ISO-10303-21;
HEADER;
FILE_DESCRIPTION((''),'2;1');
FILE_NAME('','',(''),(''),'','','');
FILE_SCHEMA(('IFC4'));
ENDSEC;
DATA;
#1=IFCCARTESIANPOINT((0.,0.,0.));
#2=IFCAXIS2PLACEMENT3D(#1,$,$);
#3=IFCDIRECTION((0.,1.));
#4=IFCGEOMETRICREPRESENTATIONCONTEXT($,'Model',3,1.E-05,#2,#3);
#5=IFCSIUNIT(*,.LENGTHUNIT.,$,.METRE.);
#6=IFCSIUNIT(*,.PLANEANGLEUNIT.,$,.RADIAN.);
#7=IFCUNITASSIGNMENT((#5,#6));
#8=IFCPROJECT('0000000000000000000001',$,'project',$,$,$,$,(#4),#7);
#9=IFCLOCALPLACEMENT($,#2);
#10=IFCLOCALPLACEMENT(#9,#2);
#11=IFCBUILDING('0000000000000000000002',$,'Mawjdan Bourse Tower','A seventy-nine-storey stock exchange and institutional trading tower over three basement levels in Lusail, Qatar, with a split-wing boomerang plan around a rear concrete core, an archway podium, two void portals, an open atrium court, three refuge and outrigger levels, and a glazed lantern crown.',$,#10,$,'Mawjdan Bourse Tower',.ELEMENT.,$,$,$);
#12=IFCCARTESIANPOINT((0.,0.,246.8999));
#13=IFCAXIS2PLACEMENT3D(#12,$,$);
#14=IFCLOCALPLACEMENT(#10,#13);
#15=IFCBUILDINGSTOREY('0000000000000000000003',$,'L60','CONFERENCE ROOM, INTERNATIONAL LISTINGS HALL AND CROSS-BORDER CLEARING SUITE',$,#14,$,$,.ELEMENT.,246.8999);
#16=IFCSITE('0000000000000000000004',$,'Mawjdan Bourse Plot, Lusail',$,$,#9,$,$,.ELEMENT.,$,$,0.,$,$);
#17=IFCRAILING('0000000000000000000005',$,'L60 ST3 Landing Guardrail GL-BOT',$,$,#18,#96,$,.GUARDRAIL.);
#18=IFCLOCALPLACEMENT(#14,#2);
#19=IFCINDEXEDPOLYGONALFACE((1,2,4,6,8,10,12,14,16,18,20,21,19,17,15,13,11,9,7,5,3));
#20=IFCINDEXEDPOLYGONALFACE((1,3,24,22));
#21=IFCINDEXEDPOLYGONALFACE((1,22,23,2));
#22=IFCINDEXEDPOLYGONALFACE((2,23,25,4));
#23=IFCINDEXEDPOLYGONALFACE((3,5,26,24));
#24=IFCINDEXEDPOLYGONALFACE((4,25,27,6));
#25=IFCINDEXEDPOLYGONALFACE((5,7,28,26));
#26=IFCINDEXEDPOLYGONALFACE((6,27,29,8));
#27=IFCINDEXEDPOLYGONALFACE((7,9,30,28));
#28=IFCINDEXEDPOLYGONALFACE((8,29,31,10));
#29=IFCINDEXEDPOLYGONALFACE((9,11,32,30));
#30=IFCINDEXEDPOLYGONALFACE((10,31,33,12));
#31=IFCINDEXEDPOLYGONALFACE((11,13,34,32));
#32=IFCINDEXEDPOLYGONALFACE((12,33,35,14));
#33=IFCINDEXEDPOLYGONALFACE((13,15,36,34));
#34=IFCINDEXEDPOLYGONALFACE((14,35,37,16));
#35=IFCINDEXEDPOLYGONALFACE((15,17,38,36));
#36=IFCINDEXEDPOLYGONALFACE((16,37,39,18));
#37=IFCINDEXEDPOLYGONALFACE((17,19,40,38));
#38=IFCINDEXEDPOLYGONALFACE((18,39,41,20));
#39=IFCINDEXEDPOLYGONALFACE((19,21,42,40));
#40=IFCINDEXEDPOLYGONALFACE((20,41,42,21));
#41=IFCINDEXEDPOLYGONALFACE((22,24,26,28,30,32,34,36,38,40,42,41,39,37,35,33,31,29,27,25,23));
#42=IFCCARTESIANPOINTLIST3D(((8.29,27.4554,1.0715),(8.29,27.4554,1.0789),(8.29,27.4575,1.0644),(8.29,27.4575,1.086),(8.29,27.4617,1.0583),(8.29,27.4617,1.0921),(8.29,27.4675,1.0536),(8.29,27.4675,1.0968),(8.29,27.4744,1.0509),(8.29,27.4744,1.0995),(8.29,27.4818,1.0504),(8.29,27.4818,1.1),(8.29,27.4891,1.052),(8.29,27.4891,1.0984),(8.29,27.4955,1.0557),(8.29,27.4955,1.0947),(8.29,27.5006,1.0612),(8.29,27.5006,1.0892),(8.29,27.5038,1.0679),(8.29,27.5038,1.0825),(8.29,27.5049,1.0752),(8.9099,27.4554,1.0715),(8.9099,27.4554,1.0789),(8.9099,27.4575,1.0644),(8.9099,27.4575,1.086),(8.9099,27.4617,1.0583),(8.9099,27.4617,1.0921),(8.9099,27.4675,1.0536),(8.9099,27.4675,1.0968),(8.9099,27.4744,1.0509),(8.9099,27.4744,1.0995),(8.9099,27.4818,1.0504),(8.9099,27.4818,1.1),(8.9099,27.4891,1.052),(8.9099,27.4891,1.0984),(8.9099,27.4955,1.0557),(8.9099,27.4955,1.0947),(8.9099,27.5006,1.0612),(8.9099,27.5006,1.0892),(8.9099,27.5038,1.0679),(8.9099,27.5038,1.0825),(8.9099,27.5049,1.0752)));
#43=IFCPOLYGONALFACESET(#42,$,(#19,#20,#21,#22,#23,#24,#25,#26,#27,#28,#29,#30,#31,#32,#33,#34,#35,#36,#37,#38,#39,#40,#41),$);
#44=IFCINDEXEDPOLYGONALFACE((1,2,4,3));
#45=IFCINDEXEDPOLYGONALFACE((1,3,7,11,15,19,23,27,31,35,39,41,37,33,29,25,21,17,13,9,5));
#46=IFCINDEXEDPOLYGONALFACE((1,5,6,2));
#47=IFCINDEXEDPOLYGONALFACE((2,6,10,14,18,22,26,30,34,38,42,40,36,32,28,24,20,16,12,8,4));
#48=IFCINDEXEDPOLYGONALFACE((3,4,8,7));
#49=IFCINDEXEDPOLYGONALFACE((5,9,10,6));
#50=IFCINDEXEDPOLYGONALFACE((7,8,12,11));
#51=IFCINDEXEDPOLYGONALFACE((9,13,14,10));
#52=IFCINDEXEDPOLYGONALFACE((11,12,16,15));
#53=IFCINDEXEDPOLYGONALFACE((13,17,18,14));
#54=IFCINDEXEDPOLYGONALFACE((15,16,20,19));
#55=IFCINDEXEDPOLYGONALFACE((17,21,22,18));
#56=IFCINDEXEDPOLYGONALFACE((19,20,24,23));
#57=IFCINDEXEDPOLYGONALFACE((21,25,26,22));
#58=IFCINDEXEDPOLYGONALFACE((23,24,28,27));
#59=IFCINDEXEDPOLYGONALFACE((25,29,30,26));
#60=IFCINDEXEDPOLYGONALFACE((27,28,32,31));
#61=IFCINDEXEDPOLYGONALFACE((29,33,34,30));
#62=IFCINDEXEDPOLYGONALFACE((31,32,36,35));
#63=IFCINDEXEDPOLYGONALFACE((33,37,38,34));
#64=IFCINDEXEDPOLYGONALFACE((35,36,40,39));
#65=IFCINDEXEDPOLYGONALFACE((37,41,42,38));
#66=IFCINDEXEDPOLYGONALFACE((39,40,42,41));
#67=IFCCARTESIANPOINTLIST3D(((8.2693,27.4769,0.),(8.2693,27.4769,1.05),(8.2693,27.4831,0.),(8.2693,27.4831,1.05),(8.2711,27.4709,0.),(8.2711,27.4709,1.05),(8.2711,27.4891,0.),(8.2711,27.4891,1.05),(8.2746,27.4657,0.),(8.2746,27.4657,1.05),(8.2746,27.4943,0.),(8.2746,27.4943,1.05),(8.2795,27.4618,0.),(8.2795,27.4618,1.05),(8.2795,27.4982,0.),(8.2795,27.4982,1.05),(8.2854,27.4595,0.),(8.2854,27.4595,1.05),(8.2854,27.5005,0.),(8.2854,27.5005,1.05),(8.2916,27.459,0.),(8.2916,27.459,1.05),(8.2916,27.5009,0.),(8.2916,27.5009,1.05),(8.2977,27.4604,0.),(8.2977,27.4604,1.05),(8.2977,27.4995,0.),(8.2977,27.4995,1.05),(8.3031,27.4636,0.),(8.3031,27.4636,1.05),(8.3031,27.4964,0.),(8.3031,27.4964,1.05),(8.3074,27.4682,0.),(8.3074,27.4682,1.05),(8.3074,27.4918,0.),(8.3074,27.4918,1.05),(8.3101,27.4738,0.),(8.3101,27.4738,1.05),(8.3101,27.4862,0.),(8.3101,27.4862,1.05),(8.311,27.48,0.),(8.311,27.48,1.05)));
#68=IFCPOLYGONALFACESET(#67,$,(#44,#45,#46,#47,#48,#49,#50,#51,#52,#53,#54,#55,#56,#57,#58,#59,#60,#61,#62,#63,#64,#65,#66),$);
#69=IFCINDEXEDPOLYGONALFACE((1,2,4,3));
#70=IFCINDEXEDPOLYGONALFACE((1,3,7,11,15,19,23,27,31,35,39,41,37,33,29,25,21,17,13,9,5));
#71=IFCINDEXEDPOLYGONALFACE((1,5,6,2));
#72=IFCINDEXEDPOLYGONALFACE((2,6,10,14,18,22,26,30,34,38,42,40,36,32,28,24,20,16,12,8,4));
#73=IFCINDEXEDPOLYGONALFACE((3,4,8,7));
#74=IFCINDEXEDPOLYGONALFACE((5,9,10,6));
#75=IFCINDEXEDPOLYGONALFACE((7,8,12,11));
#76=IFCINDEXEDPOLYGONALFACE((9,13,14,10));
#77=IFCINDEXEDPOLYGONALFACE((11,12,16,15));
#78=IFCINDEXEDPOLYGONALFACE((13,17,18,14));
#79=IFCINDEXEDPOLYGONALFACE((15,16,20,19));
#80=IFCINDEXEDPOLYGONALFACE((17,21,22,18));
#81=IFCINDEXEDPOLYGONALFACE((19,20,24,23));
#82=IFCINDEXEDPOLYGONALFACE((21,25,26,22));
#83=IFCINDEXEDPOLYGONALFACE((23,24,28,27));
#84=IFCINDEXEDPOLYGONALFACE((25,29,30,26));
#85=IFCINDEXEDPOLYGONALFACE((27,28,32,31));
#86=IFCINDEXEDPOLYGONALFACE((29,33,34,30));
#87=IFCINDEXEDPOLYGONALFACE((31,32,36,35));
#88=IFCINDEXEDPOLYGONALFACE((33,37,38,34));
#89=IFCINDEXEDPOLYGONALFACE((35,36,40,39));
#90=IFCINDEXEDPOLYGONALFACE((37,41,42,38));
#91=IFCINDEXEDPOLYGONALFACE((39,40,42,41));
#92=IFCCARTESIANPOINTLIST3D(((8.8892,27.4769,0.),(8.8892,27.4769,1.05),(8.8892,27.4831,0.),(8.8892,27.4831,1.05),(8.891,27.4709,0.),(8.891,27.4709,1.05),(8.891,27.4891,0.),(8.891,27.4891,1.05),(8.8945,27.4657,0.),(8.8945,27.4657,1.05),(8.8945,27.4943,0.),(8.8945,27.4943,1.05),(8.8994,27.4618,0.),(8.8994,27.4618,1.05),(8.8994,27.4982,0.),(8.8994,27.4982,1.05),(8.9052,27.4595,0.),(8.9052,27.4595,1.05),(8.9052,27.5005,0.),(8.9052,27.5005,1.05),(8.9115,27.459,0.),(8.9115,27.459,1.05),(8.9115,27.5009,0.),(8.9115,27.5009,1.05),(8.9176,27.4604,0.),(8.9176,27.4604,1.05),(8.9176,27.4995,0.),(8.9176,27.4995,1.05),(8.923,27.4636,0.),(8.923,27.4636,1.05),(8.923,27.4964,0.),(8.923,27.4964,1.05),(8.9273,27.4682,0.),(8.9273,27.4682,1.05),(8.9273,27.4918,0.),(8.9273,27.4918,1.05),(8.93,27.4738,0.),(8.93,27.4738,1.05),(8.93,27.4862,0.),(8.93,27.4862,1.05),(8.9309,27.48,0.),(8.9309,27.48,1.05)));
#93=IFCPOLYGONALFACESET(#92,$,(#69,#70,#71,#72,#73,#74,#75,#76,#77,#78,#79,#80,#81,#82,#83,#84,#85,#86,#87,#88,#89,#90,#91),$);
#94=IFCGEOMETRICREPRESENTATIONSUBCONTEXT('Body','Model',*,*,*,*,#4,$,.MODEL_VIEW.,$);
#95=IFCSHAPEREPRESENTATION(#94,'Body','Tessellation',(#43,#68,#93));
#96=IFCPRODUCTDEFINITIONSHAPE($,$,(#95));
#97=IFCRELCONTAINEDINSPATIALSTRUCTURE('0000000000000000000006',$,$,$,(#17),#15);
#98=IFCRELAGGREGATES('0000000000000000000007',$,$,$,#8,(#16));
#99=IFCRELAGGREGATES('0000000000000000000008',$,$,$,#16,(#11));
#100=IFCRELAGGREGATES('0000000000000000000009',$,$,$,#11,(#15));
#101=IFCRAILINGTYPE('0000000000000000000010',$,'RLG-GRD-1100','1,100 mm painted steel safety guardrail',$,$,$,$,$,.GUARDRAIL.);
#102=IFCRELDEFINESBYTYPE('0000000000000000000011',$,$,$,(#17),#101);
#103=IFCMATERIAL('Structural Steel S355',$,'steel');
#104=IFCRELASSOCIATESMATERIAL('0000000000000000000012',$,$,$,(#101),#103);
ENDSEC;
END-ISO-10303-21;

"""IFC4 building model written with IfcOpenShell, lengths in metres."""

from ifc_helpers import new_model, si_unit, direction, frame, origin, origin_2d, place, context, subcontext, project, spatial, circle, extrude, material, type_object, element, save


model = new_model("IFC4")

# Units and contexts
model_context = context("Model", 3, precision=1e-05, world=origin(), true_north=direction((0.0, 1.0)))
body_context = subcontext(model_context, "Body", "Model", "MODEL_VIEW")
ifc_project = project(units=[si_unit("LENGTHUNIT", "METRE"), si_unit("PLANEANGLEUNIT", "RADIAN")], contexts=[model_context])

# Site, building, storey
site_placement = place(None, origin())
site = spatial("IfcSite", under=ifc_project, at=site_placement, Name="Mawjdan Bourse Plot, Lusail", CompositionType="ELEMENT", RefElevation=0.0)
building_placement = place(site_placement, origin())
building = spatial("IfcBuilding", under=site, at=building_placement, Name="Mawjdan Bourse Tower", Description="A seventy-nine-storey stock exchange and institutional trading tower over three basement levels in Lusail, Qatar, with a split-wing boomerang plan around a rear concrete core, an archway podium, two void portals, an open atrium court, three refuge and outrigger levels, and a glazed lantern crown.", LongName="Mawjdan Bourse Tower", CompositionType="ELEMENT")
storey_placement = place(building_placement, frame((0.0, 0.0, 246.8999)))
storey = spatial("IfcBuildingStorey", under=building, at=storey_placement, Name="L60", Description="CONFERENCE ROOM, INTERNATIONAL LISTINGS HALL AND CROSS-BORDER CLEARING SUITE", CompositionType="ELEMENT", Elevation=246.8999)

# Shared definitions
ifc_material_1 = material(Name="Structural Steel S355", Category="steel")

# Railing
railing_type_1 = type_object("IfcRailingType", Name="RLG-GRD-1100", Description="1,100 mm painted steel safety guardrail", PredefinedType="GUARDRAIL", material=ifc_material_1)
railing_1_placement = place(storey_placement, frame((8.29, 27.48, 0.0)))
element("IfcRailing", 1, at=railing_1_placement, inside=storey, type_object=railing_type_1, Name="L60 ST3 Landing Guardrail GL-BOT", PredefinedType="GUARDRAIL", context=body_context, shape_type="SweptSolid", body=[
    extrude(circle(Radius=0.0249, at=origin_2d()), frame((0.0, 0.0, 1.0752), z_axis=(1.0, 0.0, 0.0), x_axis=(0.0, 1.0, 0.0)), (0.0, 0.0, 1.0), 0.6199),
    extrude(circle(Radius=0.021, at=origin_2d()), origin(), (0.0, 0.0, 1.0), 1.05),
    extrude(circle(Radius=0.021, at=origin_2d()), frame((0.6199, 0.0, 0.0)), (0.0, 0.0, 1.0), 1.05),
])

save(model, "model.ifc")
